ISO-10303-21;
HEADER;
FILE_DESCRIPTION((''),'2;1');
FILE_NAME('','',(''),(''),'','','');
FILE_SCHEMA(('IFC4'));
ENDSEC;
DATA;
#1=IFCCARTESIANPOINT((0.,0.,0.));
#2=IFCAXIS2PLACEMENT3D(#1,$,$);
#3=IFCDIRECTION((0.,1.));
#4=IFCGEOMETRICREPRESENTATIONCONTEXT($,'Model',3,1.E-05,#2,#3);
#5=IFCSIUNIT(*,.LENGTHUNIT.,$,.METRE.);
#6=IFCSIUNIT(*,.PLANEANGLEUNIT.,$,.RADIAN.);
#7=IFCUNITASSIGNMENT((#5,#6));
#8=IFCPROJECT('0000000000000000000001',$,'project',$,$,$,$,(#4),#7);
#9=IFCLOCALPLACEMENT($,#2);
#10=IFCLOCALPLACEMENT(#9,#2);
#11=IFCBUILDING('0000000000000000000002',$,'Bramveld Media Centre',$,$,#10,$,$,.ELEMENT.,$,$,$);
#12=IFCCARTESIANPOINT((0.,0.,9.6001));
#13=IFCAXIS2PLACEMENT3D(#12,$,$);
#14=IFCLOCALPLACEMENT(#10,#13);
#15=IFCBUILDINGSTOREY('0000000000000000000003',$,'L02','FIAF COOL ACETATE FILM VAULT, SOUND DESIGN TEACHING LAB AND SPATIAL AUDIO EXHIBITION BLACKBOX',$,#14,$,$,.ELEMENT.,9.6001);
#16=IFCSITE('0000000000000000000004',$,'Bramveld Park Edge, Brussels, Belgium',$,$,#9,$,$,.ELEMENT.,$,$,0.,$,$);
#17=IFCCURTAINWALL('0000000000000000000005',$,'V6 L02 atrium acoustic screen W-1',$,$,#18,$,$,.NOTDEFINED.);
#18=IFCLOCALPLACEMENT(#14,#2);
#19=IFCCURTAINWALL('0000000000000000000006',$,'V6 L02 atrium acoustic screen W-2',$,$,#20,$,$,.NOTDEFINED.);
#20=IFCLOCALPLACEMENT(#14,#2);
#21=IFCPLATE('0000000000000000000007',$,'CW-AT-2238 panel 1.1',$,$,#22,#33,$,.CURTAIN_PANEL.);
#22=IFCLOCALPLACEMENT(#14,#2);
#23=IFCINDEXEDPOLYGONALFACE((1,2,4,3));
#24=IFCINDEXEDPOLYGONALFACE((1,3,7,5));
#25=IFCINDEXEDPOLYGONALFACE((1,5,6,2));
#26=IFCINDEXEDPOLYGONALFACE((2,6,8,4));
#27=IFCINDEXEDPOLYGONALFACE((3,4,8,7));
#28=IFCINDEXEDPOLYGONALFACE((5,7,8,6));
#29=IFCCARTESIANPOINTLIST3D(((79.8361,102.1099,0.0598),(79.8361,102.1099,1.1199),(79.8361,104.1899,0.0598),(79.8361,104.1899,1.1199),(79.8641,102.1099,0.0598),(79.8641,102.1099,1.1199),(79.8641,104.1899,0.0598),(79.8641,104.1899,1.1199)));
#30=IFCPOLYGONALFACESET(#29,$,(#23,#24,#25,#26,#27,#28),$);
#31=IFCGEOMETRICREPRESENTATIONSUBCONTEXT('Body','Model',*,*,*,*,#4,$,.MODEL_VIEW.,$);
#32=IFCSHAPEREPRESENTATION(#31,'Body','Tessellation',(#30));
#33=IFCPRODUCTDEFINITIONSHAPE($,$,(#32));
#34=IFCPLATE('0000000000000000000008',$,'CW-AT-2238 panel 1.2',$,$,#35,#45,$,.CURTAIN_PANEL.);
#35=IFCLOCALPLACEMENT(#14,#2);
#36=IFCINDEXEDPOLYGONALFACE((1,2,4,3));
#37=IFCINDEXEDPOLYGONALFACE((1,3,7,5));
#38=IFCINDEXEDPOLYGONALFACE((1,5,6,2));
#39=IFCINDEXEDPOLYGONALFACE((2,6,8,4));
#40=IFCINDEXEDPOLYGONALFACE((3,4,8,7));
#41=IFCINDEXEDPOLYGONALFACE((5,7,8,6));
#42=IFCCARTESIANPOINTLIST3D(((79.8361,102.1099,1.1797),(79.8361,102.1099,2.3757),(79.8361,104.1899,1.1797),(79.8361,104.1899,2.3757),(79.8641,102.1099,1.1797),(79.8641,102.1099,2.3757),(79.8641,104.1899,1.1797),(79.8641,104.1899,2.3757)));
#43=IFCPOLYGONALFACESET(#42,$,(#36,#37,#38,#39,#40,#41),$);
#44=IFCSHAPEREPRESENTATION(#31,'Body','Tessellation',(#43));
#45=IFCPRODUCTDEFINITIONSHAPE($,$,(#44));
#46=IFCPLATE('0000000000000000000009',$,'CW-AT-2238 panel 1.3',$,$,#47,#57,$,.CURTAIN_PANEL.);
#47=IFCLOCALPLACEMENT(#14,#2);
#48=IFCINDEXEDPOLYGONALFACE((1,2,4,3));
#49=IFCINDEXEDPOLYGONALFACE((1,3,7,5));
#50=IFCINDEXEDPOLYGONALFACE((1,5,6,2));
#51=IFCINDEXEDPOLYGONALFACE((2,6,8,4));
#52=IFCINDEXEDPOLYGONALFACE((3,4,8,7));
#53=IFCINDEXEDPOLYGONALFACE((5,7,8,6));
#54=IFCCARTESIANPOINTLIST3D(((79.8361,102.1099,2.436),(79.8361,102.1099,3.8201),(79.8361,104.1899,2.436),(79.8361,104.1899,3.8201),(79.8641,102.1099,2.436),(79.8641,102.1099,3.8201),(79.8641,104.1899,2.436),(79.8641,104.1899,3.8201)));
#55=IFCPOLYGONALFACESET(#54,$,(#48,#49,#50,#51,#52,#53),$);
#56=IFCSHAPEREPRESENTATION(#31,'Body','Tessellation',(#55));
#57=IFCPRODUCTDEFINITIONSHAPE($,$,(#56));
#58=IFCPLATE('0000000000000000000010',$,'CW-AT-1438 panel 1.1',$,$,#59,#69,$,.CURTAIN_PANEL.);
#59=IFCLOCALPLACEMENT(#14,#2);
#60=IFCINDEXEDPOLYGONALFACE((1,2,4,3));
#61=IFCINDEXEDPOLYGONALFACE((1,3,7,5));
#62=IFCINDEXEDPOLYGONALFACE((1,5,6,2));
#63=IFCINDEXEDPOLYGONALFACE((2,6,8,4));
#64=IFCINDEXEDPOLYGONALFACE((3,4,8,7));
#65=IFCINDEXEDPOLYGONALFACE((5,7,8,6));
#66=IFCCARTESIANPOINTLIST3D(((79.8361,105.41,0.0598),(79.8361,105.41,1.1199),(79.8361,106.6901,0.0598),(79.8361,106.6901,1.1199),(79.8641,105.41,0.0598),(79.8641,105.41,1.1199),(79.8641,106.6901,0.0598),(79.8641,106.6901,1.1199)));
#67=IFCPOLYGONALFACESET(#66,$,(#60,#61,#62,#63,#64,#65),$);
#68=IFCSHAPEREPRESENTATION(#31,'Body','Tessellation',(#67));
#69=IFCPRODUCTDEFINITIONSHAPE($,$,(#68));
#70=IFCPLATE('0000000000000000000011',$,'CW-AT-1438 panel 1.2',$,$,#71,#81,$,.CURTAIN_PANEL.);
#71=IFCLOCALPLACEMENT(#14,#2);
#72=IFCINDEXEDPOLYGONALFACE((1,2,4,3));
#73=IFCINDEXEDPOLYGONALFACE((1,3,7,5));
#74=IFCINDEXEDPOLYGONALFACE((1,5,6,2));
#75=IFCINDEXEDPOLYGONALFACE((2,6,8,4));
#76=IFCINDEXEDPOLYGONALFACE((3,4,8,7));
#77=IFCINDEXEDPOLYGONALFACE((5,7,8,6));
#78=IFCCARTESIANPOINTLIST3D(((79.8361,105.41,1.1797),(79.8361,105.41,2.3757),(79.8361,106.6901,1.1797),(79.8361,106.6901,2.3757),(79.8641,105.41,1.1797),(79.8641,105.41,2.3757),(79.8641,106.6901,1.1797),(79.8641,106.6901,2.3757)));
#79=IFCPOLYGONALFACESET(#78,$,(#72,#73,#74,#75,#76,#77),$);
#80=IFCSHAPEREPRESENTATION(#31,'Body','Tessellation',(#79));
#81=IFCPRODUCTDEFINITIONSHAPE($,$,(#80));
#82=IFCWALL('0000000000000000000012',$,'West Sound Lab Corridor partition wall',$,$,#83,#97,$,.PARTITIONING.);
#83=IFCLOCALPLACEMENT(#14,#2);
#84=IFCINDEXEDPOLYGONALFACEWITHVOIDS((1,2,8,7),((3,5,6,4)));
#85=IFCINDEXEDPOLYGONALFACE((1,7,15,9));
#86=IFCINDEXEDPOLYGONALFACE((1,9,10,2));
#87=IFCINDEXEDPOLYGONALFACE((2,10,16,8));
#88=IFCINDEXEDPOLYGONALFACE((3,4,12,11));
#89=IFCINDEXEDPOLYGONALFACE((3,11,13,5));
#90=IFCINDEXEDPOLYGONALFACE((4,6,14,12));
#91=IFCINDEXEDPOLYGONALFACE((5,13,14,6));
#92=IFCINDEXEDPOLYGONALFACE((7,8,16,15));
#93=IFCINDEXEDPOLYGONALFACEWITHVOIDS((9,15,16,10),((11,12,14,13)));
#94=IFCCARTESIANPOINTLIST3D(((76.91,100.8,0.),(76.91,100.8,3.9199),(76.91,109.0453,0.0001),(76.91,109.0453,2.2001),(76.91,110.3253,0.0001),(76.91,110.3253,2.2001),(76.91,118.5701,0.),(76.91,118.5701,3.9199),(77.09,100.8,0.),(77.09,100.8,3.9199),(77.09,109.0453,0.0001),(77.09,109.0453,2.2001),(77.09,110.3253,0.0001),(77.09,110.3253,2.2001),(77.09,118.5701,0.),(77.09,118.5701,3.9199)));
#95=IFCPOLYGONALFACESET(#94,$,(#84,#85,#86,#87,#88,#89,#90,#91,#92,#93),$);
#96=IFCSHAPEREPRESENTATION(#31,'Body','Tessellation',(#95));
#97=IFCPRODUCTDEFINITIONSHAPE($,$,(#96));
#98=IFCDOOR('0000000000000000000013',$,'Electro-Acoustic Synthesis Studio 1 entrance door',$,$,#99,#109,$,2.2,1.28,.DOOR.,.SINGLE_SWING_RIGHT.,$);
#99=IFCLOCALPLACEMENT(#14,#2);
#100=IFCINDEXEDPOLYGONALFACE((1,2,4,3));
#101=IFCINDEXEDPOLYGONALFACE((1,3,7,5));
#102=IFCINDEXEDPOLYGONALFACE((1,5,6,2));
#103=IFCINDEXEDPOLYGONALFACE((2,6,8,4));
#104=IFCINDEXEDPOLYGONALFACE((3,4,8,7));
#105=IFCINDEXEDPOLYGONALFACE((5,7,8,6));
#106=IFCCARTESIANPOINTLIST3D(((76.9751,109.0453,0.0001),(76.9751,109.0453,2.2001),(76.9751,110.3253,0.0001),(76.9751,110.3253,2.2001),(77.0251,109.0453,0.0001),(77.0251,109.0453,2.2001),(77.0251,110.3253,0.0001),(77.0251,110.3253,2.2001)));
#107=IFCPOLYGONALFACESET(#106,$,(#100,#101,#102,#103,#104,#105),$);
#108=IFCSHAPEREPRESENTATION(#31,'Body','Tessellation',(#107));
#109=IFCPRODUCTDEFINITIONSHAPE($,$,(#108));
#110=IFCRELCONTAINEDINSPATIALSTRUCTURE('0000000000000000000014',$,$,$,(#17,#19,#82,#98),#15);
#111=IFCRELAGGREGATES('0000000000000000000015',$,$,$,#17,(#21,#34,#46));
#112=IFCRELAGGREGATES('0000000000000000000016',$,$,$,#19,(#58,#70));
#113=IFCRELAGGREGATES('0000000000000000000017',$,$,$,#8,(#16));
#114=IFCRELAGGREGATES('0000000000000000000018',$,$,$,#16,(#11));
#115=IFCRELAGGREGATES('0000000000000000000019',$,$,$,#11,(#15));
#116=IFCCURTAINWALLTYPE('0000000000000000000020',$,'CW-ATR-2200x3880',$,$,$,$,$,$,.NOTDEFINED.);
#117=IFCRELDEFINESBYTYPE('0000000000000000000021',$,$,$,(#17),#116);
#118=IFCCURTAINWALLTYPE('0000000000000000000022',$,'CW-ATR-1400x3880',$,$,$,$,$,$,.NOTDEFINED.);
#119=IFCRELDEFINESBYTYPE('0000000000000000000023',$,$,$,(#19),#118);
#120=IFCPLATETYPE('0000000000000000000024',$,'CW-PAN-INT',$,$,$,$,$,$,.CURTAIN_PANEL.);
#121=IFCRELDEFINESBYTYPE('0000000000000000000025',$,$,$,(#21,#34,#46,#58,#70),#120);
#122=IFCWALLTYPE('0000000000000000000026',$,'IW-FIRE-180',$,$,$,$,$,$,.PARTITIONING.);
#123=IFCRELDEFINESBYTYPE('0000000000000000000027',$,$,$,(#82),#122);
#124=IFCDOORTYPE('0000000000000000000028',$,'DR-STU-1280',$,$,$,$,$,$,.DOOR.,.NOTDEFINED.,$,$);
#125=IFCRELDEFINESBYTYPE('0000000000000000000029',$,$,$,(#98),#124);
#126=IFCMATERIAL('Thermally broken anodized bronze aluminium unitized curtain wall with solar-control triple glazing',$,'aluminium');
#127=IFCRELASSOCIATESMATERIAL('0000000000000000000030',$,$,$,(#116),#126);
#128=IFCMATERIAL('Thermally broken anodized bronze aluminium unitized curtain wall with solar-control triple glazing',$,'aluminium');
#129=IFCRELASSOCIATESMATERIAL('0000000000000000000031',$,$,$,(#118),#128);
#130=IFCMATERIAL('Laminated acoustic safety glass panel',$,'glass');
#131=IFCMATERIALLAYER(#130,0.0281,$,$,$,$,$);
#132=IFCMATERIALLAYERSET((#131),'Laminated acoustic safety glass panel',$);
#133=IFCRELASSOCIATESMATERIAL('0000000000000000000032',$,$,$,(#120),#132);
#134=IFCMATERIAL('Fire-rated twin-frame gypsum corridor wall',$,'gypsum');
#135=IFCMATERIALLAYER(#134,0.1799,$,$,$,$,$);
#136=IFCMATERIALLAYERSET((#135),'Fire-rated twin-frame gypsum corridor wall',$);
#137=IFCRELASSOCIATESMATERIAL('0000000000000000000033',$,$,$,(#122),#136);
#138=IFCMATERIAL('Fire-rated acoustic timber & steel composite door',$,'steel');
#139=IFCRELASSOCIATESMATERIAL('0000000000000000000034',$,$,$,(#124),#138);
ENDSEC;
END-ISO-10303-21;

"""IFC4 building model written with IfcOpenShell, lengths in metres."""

from ifc_helpers import new_model, si_unit, direction, frame, frame_2d, origin, origin_2d, place, context, subcontext, project, spatial, rectangle, extrude, material, layer, layer_set, type_object, element, fill, aggregate, save


model = new_model("IFC4")

# Units and contexts
model_context = context("Model", 3, precision=1e-05, world=origin(), true_north=direction((0.0, 1.0)))
body_context = subcontext(model_context, "Body", "Model", "MODEL_VIEW")
ifc_project = project(units=[si_unit("LENGTHUNIT", "METRE"), si_unit("PLANEANGLEUNIT", "RADIAN")], contexts=[model_context])

# Site, building, storey
site_placement = place(None, origin())
site = spatial("IfcSite", under=ifc_project, at=site_placement, Name="Bramveld Park Edge, Brussels, Belgium", CompositionType="ELEMENT", RefElevation=0.0)
building_placement = place(site_placement, origin())
building = spatial("IfcBuilding", under=site, at=building_placement, Name="Bramveld Media Centre", CompositionType="ELEMENT")
storey_placement = place(building_placement, frame((0.0, 0.0, 9.6001)))
storey = spatial("IfcBuildingStorey", under=building, at=storey_placement, Name="L02", Description="FIAF COOL ACETATE FILM VAULT, SOUND DESIGN TEACHING LAB AND SPATIAL AUDIO EXHIBITION BLACKBOX", CompositionType="ELEMENT", Elevation=9.6001)

# Curtain wall
ifc_material_1 = material(Name="Thermally broken anodized bronze aluminium unitized curtain wall with solar-control triple glazing", Category="aluminium")
curtain_wall_type_1 = type_object("IfcCurtainWallType", Name="CW-ATR-2200x3880", PredefinedType="NOTDEFINED", material=ifc_material_1)
curtain_wall_1_placement = place(storey_placement, origin())
curtain_wall_1 = element("IfcCurtainWall", 1, at=curtain_wall_1_placement, inside=storey, type_object=curtain_wall_type_1, Name="V6 L02 atrium acoustic screen W-1", PredefinedType="NOTDEFINED")

# Curtain wall
ifc_material_2 = material(Name="Thermally broken anodized bronze aluminium unitized curtain wall with solar-control triple glazing", Category="aluminium")
curtain_wall_type_2 = type_object("IfcCurtainWallType", Name="CW-ATR-1400x3880", PredefinedType="NOTDEFINED", material=ifc_material_2)
curtain_wall_2_placement = place(storey_placement, origin())
curtain_wall_2 = element("IfcCurtainWall", 2, at=curtain_wall_2_placement, inside=storey, type_object=curtain_wall_type_2, Name="V6 L02 atrium acoustic screen W-2", PredefinedType="NOTDEFINED")

# Plates
ifc_material_3 = material(Name="Laminated acoustic safety glass panel", Category="glass")
ifc_layer_1 = layer(ifc_material_3, 0.0281)
ifc_layer_set_1 = layer_set([ifc_layer_1], Name="Laminated acoustic safety glass panel")
plate_type = type_object("IfcPlateType", Name="CW-PAN-INT", PredefinedType="CURTAIN_PANEL", material=ifc_layer_set_1)
plate_1_placement = place(storey_placement, frame((79.8501, 103.1499, 0.0598), z_axis=(0.0, 0.0, 1.0), x_axis=(0.0, 1.0, 0.0)))
plate_1 = element("IfcPlate", 3, at=plate_1_placement, type_object=plate_type, Name="CW-AT-2238 panel 1.1", PredefinedType="CURTAIN_PANEL", context=body_context, shape_type="SweptSolid", body=[
    extrude(rectangle(XDim=2.0801, YDim=0.0281, at=origin_2d()), origin(), (0.0, 0.0, 1.0), 1.0601),
])
plate_2_placement = place(storey_placement, frame((79.8501, 103.1499, 1.1797), z_axis=(0.0, 0.0, 1.0), x_axis=(0.0, 1.0, 0.0)))
plate_2 = element("IfcPlate", 4, at=plate_2_placement, type_object=plate_type, Name="CW-AT-2238 panel 1.2", PredefinedType="CURTAIN_PANEL", context=body_context, shape_type="SweptSolid", body=[
    extrude(rectangle(XDim=2.0801, YDim=0.0281, at=origin_2d()), origin(), (0.0, 0.0, 1.0), 1.196),
])
plate_3_placement = place(storey_placement, frame((79.8501, 103.1499, 2.436), z_axis=(0.0, 0.0, 1.0), x_axis=(0.0, 1.0, 0.0)))
plate_3 = element("IfcPlate", 5, at=plate_3_placement, type_object=plate_type, Name="CW-AT-2238 panel 1.3", PredefinedType="CURTAIN_PANEL", context=body_context, shape_type="SweptSolid", body=[
    extrude(rectangle(XDim=2.0801, YDim=0.0281, at=origin_2d()), origin(), (0.0, 0.0, 1.0), 1.384),
])
aggregate(curtain_wall_1, [plate_1, plate_2, plate_3])
plate_4_placement = place(storey_placement, frame((79.8501, 106.05, 0.0598), z_axis=(0.0, 0.0, 1.0), x_axis=(0.0, 1.0, 0.0)))
plate_4 = element("IfcPlate", 6, at=plate_4_placement, type_object=plate_type, Name="CW-AT-1438 panel 1.1", PredefinedType="CURTAIN_PANEL", context=body_context, shape_type="SweptSolid", body=[
    extrude(rectangle(XDim=1.28, YDim=0.0281, at=origin_2d()), origin(), (0.0, 0.0, 1.0), 1.0601),
])
plate_5_placement = place(storey_placement, frame((79.8501, 106.05, 1.1797), z_axis=(0.0, 0.0, 1.0), x_axis=(0.0, 1.0, 0.0)))
plate_5 = element("IfcPlate", 7, at=plate_5_placement, type_object=plate_type, Name="CW-AT-1438 panel 1.2", PredefinedType="CURTAIN_PANEL", context=body_context, shape_type="SweptSolid", body=[
    extrude(rectangle(XDim=1.28, YDim=0.0281, at=origin_2d()), origin(), (0.0, 0.0, 1.0), 1.196),
])
aggregate(curtain_wall_2, [plate_4, plate_5])

# Wall, opening, door
ifc_material_4 = material(Name="Fire-rated twin-frame gypsum corridor wall", Category="gypsum")
ifc_layer_2 = layer(ifc_material_4, 0.1799)
ifc_layer_set_2 = layer_set([ifc_layer_2], Name="Fire-rated twin-frame gypsum corridor wall")
wall_type = type_object("IfcWallType", Name="IW-FIRE-180", PredefinedType="PARTITIONING", material=ifc_layer_set_2)
wall_placement = place(storey_placement, frame((77.0, 100.8, 0.0), z_axis=(0.0, 0.0, 1.0), x_axis=(0.0, 1.0, 0.0)))
wall = element("IfcWall", 8, at=wall_placement, inside=storey, type_object=wall_type, Name="West Sound Lab Corridor partition wall", PredefinedType="PARTITIONING", context=body_context, shape_type="SweptSolid", body=[
    extrude(rectangle(XDim=17.77, YDim=0.1799, at=frame_2d((8.885, 0.0))), origin(), (0.0, 0.0, 1.0), 3.9199),
])
opening_placement = place(wall_placement, frame((8.2451, 0.0, 0.0)))
opening = element("IfcOpeningElement", 9, at=opening_placement, cuts=wall, PredefinedType="OPENING", context=body_context, shape_type="SweptSolid", body=[
    extrude(rectangle(XDim=1.28, YDim=2.2, at=frame_2d((0.6401, 1.1001))), frame((0.0, 0.1021, 0.0), z_axis=(0.0, -1.0, 0.0), x_axis=(1.0, 0.0, 0.0)), (0.0, 0.0, 1.0), 0.2039),
])
ifc_material_5 = material(Name="Fire-rated acoustic timber & steel composite door", Category="steel")
door_type = type_object("IfcDoorType", Name="DR-STU-1280", OperationType="NOTDEFINED", PredefinedType="DOOR", material=ifc_material_5)
door_placement = place(opening_placement, origin())
door = element("IfcDoor", 10, at=door_placement, inside=storey, type_object=door_type, Name="Electro-Acoustic Synthesis Studio 1 entrance door", OperationType="SINGLE_SWING_RIGHT", OverallHeight=2.2, OverallWidth=1.28, PredefinedType="DOOR", context=body_context, shape_type="SweptSolid", body=[
    extrude(rectangle(XDim=1.28, YDim=2.2, at=frame_2d((0.6401, 1.1001))), frame((0.0, 0.0249, 0.0), z_axis=(0.0, -1.0, 0.0), x_axis=(1.0, 0.0, 0.0)), (0.0, 0.0, 1.0), 0.05),
])
fill(opening, door)

save(model, "model.ifc")
